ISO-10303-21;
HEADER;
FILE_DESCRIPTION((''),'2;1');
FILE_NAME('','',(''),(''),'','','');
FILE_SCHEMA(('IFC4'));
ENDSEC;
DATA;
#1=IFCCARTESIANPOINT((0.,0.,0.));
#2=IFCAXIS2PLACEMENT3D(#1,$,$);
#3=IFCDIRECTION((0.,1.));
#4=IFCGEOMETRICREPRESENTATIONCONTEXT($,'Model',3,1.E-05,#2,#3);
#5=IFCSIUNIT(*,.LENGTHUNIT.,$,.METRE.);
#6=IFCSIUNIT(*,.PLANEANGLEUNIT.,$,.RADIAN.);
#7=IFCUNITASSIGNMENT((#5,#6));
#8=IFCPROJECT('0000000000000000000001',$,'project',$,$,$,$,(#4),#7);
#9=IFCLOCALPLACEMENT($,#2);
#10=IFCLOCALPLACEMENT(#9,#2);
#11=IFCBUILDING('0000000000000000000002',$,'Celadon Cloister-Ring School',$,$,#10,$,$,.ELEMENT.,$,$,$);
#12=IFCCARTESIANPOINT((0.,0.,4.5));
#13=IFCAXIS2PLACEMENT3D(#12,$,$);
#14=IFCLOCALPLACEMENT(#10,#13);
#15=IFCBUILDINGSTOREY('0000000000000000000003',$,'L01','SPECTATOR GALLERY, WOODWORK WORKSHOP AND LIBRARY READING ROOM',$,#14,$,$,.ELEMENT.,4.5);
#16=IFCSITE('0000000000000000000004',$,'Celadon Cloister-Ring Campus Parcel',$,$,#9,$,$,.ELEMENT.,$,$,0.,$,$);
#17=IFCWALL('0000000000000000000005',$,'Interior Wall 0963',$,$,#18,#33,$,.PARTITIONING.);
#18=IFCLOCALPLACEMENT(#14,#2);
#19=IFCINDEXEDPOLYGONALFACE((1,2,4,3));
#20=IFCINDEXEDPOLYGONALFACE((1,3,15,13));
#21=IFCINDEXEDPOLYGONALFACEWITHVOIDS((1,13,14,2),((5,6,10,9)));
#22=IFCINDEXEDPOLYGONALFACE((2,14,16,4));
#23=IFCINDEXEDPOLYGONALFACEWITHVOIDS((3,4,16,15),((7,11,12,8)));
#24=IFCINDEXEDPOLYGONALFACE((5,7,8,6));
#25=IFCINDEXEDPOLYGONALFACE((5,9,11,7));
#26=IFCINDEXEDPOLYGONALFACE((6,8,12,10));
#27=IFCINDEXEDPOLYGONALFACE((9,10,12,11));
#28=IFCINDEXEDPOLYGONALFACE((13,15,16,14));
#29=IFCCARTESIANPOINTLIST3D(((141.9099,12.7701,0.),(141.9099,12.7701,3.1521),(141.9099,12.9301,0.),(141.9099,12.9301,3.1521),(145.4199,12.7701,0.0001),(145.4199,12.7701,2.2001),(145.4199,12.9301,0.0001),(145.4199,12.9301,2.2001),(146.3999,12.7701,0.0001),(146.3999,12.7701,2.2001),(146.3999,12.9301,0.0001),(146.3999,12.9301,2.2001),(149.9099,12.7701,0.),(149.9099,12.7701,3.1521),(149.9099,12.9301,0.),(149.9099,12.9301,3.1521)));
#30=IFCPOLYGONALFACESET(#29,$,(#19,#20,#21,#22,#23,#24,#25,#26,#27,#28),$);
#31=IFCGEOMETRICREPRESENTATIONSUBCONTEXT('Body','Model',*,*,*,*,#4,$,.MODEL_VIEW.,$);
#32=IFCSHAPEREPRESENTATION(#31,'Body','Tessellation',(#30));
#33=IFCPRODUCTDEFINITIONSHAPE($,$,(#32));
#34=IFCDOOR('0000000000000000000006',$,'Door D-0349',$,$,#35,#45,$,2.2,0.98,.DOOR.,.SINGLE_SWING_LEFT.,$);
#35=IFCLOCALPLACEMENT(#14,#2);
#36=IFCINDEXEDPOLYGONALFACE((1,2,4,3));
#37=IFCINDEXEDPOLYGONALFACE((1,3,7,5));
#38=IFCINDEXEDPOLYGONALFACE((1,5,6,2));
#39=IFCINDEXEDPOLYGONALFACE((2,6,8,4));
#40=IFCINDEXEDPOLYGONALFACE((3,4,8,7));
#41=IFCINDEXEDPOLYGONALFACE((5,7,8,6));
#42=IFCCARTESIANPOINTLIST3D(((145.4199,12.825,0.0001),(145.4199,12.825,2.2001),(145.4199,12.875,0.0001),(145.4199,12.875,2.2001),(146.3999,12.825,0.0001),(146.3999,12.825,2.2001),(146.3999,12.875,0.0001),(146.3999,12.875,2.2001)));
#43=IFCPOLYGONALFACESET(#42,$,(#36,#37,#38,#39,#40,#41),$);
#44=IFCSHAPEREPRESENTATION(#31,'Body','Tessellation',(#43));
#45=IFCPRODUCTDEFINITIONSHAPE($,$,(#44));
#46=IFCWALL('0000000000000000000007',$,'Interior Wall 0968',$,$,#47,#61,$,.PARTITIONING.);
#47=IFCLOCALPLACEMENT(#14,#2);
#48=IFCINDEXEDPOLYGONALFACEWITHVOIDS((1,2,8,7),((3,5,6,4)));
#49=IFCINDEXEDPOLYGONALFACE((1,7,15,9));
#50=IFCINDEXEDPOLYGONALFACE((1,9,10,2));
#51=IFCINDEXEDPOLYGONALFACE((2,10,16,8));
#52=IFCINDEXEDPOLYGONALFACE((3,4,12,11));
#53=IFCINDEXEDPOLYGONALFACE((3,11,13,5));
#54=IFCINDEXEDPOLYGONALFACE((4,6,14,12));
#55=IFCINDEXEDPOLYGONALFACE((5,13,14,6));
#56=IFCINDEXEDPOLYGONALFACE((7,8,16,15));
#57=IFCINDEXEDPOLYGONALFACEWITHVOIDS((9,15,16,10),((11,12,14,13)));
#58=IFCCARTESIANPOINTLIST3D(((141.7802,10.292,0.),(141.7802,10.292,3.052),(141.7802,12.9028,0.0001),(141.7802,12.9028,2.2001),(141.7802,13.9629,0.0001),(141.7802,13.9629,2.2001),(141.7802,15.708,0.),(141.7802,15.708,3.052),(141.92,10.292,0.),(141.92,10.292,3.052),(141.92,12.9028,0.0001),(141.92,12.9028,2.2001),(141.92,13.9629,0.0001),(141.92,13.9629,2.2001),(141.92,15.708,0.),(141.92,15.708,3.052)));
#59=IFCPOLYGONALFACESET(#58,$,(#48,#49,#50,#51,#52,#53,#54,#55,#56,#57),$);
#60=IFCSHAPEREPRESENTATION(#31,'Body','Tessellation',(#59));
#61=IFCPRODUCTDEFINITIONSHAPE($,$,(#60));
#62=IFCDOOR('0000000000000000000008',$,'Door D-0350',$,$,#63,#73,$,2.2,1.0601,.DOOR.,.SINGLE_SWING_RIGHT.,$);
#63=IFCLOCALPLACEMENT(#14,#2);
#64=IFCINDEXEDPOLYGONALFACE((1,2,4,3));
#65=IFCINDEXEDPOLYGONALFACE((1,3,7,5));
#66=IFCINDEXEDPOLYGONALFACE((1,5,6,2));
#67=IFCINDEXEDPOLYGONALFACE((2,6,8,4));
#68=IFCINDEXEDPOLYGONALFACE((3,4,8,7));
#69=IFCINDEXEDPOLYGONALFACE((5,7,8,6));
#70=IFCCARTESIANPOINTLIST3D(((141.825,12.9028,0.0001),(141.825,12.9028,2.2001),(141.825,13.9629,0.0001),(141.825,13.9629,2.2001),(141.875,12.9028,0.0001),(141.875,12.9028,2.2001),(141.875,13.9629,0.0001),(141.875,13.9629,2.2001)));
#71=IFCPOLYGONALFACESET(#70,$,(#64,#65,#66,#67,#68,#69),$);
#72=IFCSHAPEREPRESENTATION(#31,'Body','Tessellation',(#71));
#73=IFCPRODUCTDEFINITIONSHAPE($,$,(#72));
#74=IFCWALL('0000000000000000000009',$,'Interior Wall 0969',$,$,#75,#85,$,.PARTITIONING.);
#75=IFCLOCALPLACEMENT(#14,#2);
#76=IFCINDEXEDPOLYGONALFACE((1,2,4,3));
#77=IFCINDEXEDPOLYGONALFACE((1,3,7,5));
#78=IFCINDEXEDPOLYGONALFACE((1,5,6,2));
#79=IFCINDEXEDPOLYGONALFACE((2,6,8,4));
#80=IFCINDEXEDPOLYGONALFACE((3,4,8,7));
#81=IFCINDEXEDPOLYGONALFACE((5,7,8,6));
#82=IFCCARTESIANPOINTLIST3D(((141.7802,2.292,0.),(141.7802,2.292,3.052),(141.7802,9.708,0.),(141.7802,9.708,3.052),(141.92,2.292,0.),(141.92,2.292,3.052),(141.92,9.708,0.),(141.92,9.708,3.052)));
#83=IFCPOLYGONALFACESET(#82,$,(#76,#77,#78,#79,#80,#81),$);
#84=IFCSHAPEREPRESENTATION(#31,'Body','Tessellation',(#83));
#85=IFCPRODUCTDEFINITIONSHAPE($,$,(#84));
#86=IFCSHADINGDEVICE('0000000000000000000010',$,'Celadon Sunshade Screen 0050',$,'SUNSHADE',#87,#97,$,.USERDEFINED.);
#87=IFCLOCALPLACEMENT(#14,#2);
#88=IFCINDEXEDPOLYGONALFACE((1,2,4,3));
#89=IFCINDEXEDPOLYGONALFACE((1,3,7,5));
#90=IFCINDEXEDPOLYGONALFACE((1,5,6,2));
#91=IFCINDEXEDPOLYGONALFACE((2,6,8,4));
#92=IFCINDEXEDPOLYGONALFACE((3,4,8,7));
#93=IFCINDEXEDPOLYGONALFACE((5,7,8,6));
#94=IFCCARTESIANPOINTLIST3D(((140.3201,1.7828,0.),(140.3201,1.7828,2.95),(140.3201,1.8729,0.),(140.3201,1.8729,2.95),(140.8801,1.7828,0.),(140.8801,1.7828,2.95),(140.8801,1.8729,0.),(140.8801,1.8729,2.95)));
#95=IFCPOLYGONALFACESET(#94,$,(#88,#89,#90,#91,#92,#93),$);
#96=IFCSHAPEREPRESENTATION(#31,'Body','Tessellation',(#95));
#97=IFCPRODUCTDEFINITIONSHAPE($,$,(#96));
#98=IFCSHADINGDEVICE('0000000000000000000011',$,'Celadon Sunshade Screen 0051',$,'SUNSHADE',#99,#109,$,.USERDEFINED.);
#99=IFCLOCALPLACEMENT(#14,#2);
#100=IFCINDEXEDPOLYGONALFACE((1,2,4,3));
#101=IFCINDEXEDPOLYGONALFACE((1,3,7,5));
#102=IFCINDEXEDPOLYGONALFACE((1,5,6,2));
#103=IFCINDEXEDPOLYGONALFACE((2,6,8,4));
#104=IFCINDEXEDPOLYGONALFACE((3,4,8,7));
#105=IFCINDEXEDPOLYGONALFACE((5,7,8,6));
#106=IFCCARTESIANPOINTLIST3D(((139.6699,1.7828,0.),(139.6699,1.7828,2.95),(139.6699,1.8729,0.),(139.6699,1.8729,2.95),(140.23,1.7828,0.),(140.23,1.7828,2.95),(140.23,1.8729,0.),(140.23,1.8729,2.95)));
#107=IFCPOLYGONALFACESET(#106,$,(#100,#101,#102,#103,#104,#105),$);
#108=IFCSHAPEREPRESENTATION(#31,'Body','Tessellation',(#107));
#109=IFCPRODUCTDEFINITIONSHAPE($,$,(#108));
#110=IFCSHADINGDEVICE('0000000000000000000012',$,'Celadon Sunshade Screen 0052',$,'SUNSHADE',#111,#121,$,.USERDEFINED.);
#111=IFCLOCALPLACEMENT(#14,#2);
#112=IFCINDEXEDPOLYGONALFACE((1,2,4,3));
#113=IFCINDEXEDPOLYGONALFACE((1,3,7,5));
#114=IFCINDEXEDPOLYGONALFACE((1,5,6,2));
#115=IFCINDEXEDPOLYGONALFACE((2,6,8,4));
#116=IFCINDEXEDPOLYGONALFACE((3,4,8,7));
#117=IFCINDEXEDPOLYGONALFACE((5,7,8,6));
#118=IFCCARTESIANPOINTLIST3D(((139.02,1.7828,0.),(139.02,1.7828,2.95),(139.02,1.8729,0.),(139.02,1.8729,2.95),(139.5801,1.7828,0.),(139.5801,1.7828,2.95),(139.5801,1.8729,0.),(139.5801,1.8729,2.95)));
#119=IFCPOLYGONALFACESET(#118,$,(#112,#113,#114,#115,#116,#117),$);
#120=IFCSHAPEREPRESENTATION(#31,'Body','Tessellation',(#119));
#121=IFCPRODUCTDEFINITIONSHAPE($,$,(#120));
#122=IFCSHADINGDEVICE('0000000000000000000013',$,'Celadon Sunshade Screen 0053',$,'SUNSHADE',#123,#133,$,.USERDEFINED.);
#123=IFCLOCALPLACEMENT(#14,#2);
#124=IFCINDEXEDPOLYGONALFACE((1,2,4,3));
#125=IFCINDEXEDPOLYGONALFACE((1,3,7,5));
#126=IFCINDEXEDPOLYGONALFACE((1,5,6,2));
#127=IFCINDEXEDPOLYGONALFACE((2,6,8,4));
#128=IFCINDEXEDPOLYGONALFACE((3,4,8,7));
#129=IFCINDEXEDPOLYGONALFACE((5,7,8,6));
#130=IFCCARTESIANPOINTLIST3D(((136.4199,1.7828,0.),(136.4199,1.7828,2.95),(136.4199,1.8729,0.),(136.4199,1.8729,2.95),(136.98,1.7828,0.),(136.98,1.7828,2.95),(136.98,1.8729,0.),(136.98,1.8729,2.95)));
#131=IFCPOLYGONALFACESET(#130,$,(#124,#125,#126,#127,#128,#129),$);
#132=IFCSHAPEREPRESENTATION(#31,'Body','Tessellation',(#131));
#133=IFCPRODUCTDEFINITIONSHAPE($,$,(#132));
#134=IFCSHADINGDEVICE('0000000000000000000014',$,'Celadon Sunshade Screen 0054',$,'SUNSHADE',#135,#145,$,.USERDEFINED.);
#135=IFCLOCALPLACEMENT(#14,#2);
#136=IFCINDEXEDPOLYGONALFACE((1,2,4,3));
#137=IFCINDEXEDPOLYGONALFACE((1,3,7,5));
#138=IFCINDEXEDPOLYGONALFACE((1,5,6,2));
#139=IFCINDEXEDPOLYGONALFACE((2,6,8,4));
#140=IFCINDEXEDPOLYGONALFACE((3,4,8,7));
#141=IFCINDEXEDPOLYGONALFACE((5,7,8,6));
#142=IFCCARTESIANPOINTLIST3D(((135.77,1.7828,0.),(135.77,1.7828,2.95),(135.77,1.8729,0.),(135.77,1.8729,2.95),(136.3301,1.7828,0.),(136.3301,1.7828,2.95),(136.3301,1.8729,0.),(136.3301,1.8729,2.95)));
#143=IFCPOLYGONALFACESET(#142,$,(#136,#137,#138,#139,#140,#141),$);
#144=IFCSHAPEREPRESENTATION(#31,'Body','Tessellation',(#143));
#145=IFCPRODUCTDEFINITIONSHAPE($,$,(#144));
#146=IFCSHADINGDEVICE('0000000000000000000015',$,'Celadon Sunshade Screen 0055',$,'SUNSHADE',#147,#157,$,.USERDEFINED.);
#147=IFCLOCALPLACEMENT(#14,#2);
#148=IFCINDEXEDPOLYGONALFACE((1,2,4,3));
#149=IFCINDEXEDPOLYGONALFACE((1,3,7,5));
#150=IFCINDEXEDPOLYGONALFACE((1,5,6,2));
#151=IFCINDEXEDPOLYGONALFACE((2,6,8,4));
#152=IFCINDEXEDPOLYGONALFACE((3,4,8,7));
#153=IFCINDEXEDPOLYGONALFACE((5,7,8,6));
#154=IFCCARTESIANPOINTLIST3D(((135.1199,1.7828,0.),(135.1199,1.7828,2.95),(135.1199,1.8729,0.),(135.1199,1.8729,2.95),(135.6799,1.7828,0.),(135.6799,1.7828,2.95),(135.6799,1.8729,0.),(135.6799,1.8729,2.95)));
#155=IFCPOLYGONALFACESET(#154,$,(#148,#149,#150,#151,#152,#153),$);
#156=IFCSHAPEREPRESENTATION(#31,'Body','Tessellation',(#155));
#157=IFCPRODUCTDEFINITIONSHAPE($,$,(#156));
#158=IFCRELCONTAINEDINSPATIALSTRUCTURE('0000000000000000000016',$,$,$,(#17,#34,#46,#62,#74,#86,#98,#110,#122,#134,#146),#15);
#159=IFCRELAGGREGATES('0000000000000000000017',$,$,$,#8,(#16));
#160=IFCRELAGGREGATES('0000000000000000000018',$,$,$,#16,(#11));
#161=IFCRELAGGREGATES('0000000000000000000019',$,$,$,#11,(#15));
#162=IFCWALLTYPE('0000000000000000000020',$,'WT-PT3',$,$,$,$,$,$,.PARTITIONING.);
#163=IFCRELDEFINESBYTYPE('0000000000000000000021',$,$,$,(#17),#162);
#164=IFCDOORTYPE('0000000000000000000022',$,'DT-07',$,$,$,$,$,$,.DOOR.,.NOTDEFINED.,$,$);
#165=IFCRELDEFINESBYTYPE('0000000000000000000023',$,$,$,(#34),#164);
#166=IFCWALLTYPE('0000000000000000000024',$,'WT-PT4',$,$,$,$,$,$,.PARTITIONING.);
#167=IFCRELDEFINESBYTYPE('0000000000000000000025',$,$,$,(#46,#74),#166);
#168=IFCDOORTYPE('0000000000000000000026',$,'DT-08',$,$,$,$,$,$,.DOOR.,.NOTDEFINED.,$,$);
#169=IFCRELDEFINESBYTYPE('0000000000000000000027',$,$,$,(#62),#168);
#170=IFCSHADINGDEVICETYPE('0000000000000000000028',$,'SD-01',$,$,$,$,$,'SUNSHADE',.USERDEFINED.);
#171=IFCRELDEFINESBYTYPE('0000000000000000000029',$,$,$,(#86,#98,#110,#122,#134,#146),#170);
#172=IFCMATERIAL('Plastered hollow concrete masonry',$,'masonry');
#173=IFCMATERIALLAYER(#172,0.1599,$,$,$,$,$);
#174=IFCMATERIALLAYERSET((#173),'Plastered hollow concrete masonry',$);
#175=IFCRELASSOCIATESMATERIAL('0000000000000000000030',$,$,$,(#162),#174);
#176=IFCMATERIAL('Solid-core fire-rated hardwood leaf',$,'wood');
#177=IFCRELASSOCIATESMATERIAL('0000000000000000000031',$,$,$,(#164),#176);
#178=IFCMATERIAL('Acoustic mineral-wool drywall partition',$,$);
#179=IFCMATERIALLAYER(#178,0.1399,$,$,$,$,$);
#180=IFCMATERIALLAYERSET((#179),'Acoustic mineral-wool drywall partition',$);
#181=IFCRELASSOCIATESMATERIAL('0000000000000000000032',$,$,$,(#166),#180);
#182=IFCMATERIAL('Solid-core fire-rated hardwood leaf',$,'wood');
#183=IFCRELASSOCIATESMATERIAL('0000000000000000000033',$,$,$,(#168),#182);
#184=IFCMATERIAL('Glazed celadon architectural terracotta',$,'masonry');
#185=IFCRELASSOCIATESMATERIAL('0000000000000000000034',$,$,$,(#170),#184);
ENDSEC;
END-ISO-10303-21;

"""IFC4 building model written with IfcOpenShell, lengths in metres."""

from ifc_helpers import new_model, si_unit, direction, frame, frame_2d, origin, origin_2d, place, context, subcontext, project, spatial, rectangle, extrude, material, layer, layer_set, type_object, element, fill, save


model = new_model("IFC4")

# Units and contexts
model_context = context("Model", 3, precision=1e-05, world=origin(), true_north=direction((0.0, 1.0)))
body_context = subcontext(model_context, "Body", "Model", "MODEL_VIEW")
ifc_project = project(units=[si_unit("LENGTHUNIT", "METRE"), si_unit("PLANEANGLEUNIT", "RADIAN")], contexts=[model_context])

# Site, building, storey
site_placement = place(None, origin())
site = spatial("IfcSite", under=ifc_project, at=site_placement, Name="Celadon Cloister-Ring Campus Parcel", CompositionType="ELEMENT", RefElevation=0.0)
building_placement = place(site_placement, origin())
building = spatial("IfcBuilding", under=site, at=building_placement, Name="Celadon Cloister-Ring School", CompositionType="ELEMENT")
storey_placement = place(building_placement, frame((0.0, 0.0, 4.5)))
storey = spatial("IfcBuildingStorey", under=building, at=storey_placement, Name="L01", Description="SPECTATOR GALLERY, WOODWORK WORKSHOP AND LIBRARY READING ROOM", CompositionType="ELEMENT", Elevation=4.5)

# Walls, openings, doors
ifc_material_1 = material(Name="Plastered hollow concrete masonry", Category="masonry")
ifc_layer_1 = layer(ifc_material_1, 0.1599)
ifc_layer_set_1 = layer_set([ifc_layer_1], Name="Plastered hollow concrete masonry")
wall_type_1 = type_object("IfcWallType", Name="WT-PT3", PredefinedType="PARTITIONING", material=ifc_layer_set_1)
wall_1_placement = place(storey_placement, frame((141.9099, 12.8501, 0.0), z_axis=(0.0, 0.0, 1.0), x_axis=(1.0, 0.0, 0.0)))
wall_1 = element("IfcWall", 1, at=wall_1_placement, inside=storey, type_object=wall_type_1, Name="Interior Wall 0963", PredefinedType="PARTITIONING", context=body_context, shape_type="SweptSolid", body=[
    extrude(rectangle(XDim=8.0, YDim=0.1599, at=frame_2d((4.0, 0.0))), origin(), (0.0, 0.0, 1.0), 3.1521),
])
opening_1_placement = place(wall_1_placement, frame((3.51, 0.0, 0.0)))
opening_1 = element("IfcOpeningElement", 2, at=opening_1_placement, cuts=wall_1, PredefinedType="OPENING", context=body_context, shape_type="SweptSolid", body=[
    extrude(rectangle(XDim=0.98, YDim=2.2, at=frame_2d((0.49, 1.1001))), frame((0.0, 0.0898, 0.0), z_axis=(0.0, -1.0, 0.0), x_axis=(1.0, 0.0, 0.0)), (0.0, 0.0, 1.0), 0.1799),
])
ifc_material_2 = material(Name="Solid-core fire-rated hardwood leaf", Category="wood")
door_type_1 = type_object("IfcDoorType", Name="DT-07", OperationType="NOTDEFINED", PredefinedType="DOOR", material=ifc_material_2)
door_1_placement = place(opening_1_placement, origin())
door_1 = element("IfcDoor", 3, at=door_1_placement, inside=storey, type_object=door_type_1, Name="Door D-0349", OperationType="SINGLE_SWING_LEFT", OverallHeight=2.2, OverallWidth=0.98, PredefinedType="DOOR", context=body_context, shape_type="SweptSolid", body=[
    extrude(rectangle(XDim=0.98, YDim=2.2, at=frame_2d((0.49, 1.1001))), frame((0.0, 0.0249, 0.0), z_axis=(0.0, -1.0, 0.0), x_axis=(1.0, 0.0, 0.0)), (0.0, 0.0, 1.0), 0.05),
])
fill(opening_1, door_1)
ifc_material_3 = material(Name="Acoustic mineral-wool drywall partition")
ifc_layer_2 = layer(ifc_material_3, 0.1399)
ifc_layer_set_2 = layer_set([ifc_layer_2], Name="Acoustic mineral-wool drywall partition")
wall_type_2 = type_object("IfcWallType", Name="WT-PT4", PredefinedType="PARTITIONING", material=ifc_layer_set_2)
wall_2_placement = place(storey_placement, frame((141.8501, 15.708, 0.0), z_axis=(0.0, 0.0, 1.0), x_axis=(0.0, -1.0, 0.0)))
wall_2 = element("IfcWall", 4, at=wall_2_placement, inside=storey, type_object=wall_type_2, Name="Interior Wall 0968", PredefinedType="PARTITIONING", context=body_context, shape_type="SweptSolid", body=[
    extrude(rectangle(XDim=5.416, YDim=0.1399, at=frame_2d((2.708, 0.0))), origin(), (0.0, 0.0, 1.0), 3.052),
])
opening_2_placement = place(wall_2_placement, frame((1.7451, 0.0, 0.0)))
opening_2 = element("IfcOpeningElement", 5, at=opening_2_placement, cuts=wall_2, PredefinedType="OPENING", context=body_context, shape_type="SweptSolid", body=[
    extrude(rectangle(XDim=1.0601, YDim=2.2, at=frame_2d((0.53, 1.1001))), frame((0.0, 0.0801, 0.0), z_axis=(0.0, -1.0, 0.0), x_axis=(1.0, 0.0, 0.0)), (0.0, 0.0, 1.0), 0.1599),
])
ifc_material_4 = material(Name="Solid-core fire-rated hardwood leaf", Category="wood")
door_type_2 = type_object("IfcDoorType", Name="DT-08", OperationType="NOTDEFINED", PredefinedType="DOOR", material=ifc_material_4)
door_2_placement = place(opening_2_placement, origin())
door_2 = element("IfcDoor", 6, at=door_2_placement, inside=storey, type_object=door_type_2, Name="Door D-0350", OperationType="SINGLE_SWING_RIGHT", OverallHeight=2.2, OverallWidth=1.0601, PredefinedType="DOOR", context=body_context, shape_type="SweptSolid", body=[
    extrude(rectangle(XDim=1.0601, YDim=2.2, at=frame_2d((0.53, 1.1001))), frame((0.0, 0.0249, 0.0), z_axis=(0.0, -1.0, 0.0), x_axis=(1.0, 0.0, 0.0)), (0.0, 0.0, 1.0), 0.05),
])
fill(opening_2, door_2)

# Wall
wall_3_placement = place(storey_placement, frame((141.8501, 9.708, 0.0), z_axis=(0.0, 0.0, 1.0), x_axis=(0.0, -1.0, 0.0)))
element("IfcWall", 7, at=wall_3_placement, inside=storey, type_object=wall_type_2, Name="Interior Wall 0969", PredefinedType="PARTITIONING", context=body_context, shape_type="SweptSolid", body=[
    extrude(rectangle(XDim=7.416, YDim=0.1399, at=frame_2d((3.708, 0.0))), origin(), (0.0, 0.0, 1.0), 3.052),
])

# Shading devices
ifc_material_5 = material(Name="Glazed celadon architectural terracotta", Category="masonry")
shading_device_type = type_object("IfcShadingDeviceType", Name="SD-01", ElementType="SUNSHADE", PredefinedType="USERDEFINED", material=ifc_material_5)
for number, where, z_axis, x_axis, name in (
    (8, (140.6001, 1.8279, 0.0), (0.0, 0.0, 1.0), (-1.0, 0.0, 0.0), "Celadon Sunshade Screen 0050"),
    (9, (139.95, 1.8279, 0.0), (0.0, 0.0, 1.0), (-1.0, 0.0, 0.0), "Celadon Sunshade Screen 0051"),
    (10, (139.3, 1.8279, 0.0), (0.0, 0.0, 1.0), (-1.0, 0.0, 0.0), "Celadon Sunshade Screen 0052"),
    (11, (136.7, 1.8279, 0.0), (0.0, 0.0, 1.0), (-1.0, 0.0, 0.0), "Celadon Sunshade Screen 0053"),
    (12, (136.05, 1.8279, 0.0), (0.0, 0.0, 1.0), (-1.0, 0.0, 0.0), "Celadon Sunshade Screen 0054"),
    (13, (135.3999, 1.8279, 0.0), (0.0, 0.0, 1.0), (-1.0, 0.0, 0.0), "Celadon Sunshade Screen 0055"),
):
    element("IfcShadingDevice", number, at=place(storey_placement, frame(where, z_axis=z_axis, x_axis=x_axis)), inside=storey, type_object=shading_device_type, Name=name, ObjectType="SUNSHADE", PredefinedType="USERDEFINED", context=body_context, shape_type="SweptSolid", body=[
        extrude(rectangle(XDim=0.5601, YDim=0.0901, at=origin_2d()), origin(), (0.0, 0.0, 1.0), 2.95),
    ])

save(model, "model.ifc")
